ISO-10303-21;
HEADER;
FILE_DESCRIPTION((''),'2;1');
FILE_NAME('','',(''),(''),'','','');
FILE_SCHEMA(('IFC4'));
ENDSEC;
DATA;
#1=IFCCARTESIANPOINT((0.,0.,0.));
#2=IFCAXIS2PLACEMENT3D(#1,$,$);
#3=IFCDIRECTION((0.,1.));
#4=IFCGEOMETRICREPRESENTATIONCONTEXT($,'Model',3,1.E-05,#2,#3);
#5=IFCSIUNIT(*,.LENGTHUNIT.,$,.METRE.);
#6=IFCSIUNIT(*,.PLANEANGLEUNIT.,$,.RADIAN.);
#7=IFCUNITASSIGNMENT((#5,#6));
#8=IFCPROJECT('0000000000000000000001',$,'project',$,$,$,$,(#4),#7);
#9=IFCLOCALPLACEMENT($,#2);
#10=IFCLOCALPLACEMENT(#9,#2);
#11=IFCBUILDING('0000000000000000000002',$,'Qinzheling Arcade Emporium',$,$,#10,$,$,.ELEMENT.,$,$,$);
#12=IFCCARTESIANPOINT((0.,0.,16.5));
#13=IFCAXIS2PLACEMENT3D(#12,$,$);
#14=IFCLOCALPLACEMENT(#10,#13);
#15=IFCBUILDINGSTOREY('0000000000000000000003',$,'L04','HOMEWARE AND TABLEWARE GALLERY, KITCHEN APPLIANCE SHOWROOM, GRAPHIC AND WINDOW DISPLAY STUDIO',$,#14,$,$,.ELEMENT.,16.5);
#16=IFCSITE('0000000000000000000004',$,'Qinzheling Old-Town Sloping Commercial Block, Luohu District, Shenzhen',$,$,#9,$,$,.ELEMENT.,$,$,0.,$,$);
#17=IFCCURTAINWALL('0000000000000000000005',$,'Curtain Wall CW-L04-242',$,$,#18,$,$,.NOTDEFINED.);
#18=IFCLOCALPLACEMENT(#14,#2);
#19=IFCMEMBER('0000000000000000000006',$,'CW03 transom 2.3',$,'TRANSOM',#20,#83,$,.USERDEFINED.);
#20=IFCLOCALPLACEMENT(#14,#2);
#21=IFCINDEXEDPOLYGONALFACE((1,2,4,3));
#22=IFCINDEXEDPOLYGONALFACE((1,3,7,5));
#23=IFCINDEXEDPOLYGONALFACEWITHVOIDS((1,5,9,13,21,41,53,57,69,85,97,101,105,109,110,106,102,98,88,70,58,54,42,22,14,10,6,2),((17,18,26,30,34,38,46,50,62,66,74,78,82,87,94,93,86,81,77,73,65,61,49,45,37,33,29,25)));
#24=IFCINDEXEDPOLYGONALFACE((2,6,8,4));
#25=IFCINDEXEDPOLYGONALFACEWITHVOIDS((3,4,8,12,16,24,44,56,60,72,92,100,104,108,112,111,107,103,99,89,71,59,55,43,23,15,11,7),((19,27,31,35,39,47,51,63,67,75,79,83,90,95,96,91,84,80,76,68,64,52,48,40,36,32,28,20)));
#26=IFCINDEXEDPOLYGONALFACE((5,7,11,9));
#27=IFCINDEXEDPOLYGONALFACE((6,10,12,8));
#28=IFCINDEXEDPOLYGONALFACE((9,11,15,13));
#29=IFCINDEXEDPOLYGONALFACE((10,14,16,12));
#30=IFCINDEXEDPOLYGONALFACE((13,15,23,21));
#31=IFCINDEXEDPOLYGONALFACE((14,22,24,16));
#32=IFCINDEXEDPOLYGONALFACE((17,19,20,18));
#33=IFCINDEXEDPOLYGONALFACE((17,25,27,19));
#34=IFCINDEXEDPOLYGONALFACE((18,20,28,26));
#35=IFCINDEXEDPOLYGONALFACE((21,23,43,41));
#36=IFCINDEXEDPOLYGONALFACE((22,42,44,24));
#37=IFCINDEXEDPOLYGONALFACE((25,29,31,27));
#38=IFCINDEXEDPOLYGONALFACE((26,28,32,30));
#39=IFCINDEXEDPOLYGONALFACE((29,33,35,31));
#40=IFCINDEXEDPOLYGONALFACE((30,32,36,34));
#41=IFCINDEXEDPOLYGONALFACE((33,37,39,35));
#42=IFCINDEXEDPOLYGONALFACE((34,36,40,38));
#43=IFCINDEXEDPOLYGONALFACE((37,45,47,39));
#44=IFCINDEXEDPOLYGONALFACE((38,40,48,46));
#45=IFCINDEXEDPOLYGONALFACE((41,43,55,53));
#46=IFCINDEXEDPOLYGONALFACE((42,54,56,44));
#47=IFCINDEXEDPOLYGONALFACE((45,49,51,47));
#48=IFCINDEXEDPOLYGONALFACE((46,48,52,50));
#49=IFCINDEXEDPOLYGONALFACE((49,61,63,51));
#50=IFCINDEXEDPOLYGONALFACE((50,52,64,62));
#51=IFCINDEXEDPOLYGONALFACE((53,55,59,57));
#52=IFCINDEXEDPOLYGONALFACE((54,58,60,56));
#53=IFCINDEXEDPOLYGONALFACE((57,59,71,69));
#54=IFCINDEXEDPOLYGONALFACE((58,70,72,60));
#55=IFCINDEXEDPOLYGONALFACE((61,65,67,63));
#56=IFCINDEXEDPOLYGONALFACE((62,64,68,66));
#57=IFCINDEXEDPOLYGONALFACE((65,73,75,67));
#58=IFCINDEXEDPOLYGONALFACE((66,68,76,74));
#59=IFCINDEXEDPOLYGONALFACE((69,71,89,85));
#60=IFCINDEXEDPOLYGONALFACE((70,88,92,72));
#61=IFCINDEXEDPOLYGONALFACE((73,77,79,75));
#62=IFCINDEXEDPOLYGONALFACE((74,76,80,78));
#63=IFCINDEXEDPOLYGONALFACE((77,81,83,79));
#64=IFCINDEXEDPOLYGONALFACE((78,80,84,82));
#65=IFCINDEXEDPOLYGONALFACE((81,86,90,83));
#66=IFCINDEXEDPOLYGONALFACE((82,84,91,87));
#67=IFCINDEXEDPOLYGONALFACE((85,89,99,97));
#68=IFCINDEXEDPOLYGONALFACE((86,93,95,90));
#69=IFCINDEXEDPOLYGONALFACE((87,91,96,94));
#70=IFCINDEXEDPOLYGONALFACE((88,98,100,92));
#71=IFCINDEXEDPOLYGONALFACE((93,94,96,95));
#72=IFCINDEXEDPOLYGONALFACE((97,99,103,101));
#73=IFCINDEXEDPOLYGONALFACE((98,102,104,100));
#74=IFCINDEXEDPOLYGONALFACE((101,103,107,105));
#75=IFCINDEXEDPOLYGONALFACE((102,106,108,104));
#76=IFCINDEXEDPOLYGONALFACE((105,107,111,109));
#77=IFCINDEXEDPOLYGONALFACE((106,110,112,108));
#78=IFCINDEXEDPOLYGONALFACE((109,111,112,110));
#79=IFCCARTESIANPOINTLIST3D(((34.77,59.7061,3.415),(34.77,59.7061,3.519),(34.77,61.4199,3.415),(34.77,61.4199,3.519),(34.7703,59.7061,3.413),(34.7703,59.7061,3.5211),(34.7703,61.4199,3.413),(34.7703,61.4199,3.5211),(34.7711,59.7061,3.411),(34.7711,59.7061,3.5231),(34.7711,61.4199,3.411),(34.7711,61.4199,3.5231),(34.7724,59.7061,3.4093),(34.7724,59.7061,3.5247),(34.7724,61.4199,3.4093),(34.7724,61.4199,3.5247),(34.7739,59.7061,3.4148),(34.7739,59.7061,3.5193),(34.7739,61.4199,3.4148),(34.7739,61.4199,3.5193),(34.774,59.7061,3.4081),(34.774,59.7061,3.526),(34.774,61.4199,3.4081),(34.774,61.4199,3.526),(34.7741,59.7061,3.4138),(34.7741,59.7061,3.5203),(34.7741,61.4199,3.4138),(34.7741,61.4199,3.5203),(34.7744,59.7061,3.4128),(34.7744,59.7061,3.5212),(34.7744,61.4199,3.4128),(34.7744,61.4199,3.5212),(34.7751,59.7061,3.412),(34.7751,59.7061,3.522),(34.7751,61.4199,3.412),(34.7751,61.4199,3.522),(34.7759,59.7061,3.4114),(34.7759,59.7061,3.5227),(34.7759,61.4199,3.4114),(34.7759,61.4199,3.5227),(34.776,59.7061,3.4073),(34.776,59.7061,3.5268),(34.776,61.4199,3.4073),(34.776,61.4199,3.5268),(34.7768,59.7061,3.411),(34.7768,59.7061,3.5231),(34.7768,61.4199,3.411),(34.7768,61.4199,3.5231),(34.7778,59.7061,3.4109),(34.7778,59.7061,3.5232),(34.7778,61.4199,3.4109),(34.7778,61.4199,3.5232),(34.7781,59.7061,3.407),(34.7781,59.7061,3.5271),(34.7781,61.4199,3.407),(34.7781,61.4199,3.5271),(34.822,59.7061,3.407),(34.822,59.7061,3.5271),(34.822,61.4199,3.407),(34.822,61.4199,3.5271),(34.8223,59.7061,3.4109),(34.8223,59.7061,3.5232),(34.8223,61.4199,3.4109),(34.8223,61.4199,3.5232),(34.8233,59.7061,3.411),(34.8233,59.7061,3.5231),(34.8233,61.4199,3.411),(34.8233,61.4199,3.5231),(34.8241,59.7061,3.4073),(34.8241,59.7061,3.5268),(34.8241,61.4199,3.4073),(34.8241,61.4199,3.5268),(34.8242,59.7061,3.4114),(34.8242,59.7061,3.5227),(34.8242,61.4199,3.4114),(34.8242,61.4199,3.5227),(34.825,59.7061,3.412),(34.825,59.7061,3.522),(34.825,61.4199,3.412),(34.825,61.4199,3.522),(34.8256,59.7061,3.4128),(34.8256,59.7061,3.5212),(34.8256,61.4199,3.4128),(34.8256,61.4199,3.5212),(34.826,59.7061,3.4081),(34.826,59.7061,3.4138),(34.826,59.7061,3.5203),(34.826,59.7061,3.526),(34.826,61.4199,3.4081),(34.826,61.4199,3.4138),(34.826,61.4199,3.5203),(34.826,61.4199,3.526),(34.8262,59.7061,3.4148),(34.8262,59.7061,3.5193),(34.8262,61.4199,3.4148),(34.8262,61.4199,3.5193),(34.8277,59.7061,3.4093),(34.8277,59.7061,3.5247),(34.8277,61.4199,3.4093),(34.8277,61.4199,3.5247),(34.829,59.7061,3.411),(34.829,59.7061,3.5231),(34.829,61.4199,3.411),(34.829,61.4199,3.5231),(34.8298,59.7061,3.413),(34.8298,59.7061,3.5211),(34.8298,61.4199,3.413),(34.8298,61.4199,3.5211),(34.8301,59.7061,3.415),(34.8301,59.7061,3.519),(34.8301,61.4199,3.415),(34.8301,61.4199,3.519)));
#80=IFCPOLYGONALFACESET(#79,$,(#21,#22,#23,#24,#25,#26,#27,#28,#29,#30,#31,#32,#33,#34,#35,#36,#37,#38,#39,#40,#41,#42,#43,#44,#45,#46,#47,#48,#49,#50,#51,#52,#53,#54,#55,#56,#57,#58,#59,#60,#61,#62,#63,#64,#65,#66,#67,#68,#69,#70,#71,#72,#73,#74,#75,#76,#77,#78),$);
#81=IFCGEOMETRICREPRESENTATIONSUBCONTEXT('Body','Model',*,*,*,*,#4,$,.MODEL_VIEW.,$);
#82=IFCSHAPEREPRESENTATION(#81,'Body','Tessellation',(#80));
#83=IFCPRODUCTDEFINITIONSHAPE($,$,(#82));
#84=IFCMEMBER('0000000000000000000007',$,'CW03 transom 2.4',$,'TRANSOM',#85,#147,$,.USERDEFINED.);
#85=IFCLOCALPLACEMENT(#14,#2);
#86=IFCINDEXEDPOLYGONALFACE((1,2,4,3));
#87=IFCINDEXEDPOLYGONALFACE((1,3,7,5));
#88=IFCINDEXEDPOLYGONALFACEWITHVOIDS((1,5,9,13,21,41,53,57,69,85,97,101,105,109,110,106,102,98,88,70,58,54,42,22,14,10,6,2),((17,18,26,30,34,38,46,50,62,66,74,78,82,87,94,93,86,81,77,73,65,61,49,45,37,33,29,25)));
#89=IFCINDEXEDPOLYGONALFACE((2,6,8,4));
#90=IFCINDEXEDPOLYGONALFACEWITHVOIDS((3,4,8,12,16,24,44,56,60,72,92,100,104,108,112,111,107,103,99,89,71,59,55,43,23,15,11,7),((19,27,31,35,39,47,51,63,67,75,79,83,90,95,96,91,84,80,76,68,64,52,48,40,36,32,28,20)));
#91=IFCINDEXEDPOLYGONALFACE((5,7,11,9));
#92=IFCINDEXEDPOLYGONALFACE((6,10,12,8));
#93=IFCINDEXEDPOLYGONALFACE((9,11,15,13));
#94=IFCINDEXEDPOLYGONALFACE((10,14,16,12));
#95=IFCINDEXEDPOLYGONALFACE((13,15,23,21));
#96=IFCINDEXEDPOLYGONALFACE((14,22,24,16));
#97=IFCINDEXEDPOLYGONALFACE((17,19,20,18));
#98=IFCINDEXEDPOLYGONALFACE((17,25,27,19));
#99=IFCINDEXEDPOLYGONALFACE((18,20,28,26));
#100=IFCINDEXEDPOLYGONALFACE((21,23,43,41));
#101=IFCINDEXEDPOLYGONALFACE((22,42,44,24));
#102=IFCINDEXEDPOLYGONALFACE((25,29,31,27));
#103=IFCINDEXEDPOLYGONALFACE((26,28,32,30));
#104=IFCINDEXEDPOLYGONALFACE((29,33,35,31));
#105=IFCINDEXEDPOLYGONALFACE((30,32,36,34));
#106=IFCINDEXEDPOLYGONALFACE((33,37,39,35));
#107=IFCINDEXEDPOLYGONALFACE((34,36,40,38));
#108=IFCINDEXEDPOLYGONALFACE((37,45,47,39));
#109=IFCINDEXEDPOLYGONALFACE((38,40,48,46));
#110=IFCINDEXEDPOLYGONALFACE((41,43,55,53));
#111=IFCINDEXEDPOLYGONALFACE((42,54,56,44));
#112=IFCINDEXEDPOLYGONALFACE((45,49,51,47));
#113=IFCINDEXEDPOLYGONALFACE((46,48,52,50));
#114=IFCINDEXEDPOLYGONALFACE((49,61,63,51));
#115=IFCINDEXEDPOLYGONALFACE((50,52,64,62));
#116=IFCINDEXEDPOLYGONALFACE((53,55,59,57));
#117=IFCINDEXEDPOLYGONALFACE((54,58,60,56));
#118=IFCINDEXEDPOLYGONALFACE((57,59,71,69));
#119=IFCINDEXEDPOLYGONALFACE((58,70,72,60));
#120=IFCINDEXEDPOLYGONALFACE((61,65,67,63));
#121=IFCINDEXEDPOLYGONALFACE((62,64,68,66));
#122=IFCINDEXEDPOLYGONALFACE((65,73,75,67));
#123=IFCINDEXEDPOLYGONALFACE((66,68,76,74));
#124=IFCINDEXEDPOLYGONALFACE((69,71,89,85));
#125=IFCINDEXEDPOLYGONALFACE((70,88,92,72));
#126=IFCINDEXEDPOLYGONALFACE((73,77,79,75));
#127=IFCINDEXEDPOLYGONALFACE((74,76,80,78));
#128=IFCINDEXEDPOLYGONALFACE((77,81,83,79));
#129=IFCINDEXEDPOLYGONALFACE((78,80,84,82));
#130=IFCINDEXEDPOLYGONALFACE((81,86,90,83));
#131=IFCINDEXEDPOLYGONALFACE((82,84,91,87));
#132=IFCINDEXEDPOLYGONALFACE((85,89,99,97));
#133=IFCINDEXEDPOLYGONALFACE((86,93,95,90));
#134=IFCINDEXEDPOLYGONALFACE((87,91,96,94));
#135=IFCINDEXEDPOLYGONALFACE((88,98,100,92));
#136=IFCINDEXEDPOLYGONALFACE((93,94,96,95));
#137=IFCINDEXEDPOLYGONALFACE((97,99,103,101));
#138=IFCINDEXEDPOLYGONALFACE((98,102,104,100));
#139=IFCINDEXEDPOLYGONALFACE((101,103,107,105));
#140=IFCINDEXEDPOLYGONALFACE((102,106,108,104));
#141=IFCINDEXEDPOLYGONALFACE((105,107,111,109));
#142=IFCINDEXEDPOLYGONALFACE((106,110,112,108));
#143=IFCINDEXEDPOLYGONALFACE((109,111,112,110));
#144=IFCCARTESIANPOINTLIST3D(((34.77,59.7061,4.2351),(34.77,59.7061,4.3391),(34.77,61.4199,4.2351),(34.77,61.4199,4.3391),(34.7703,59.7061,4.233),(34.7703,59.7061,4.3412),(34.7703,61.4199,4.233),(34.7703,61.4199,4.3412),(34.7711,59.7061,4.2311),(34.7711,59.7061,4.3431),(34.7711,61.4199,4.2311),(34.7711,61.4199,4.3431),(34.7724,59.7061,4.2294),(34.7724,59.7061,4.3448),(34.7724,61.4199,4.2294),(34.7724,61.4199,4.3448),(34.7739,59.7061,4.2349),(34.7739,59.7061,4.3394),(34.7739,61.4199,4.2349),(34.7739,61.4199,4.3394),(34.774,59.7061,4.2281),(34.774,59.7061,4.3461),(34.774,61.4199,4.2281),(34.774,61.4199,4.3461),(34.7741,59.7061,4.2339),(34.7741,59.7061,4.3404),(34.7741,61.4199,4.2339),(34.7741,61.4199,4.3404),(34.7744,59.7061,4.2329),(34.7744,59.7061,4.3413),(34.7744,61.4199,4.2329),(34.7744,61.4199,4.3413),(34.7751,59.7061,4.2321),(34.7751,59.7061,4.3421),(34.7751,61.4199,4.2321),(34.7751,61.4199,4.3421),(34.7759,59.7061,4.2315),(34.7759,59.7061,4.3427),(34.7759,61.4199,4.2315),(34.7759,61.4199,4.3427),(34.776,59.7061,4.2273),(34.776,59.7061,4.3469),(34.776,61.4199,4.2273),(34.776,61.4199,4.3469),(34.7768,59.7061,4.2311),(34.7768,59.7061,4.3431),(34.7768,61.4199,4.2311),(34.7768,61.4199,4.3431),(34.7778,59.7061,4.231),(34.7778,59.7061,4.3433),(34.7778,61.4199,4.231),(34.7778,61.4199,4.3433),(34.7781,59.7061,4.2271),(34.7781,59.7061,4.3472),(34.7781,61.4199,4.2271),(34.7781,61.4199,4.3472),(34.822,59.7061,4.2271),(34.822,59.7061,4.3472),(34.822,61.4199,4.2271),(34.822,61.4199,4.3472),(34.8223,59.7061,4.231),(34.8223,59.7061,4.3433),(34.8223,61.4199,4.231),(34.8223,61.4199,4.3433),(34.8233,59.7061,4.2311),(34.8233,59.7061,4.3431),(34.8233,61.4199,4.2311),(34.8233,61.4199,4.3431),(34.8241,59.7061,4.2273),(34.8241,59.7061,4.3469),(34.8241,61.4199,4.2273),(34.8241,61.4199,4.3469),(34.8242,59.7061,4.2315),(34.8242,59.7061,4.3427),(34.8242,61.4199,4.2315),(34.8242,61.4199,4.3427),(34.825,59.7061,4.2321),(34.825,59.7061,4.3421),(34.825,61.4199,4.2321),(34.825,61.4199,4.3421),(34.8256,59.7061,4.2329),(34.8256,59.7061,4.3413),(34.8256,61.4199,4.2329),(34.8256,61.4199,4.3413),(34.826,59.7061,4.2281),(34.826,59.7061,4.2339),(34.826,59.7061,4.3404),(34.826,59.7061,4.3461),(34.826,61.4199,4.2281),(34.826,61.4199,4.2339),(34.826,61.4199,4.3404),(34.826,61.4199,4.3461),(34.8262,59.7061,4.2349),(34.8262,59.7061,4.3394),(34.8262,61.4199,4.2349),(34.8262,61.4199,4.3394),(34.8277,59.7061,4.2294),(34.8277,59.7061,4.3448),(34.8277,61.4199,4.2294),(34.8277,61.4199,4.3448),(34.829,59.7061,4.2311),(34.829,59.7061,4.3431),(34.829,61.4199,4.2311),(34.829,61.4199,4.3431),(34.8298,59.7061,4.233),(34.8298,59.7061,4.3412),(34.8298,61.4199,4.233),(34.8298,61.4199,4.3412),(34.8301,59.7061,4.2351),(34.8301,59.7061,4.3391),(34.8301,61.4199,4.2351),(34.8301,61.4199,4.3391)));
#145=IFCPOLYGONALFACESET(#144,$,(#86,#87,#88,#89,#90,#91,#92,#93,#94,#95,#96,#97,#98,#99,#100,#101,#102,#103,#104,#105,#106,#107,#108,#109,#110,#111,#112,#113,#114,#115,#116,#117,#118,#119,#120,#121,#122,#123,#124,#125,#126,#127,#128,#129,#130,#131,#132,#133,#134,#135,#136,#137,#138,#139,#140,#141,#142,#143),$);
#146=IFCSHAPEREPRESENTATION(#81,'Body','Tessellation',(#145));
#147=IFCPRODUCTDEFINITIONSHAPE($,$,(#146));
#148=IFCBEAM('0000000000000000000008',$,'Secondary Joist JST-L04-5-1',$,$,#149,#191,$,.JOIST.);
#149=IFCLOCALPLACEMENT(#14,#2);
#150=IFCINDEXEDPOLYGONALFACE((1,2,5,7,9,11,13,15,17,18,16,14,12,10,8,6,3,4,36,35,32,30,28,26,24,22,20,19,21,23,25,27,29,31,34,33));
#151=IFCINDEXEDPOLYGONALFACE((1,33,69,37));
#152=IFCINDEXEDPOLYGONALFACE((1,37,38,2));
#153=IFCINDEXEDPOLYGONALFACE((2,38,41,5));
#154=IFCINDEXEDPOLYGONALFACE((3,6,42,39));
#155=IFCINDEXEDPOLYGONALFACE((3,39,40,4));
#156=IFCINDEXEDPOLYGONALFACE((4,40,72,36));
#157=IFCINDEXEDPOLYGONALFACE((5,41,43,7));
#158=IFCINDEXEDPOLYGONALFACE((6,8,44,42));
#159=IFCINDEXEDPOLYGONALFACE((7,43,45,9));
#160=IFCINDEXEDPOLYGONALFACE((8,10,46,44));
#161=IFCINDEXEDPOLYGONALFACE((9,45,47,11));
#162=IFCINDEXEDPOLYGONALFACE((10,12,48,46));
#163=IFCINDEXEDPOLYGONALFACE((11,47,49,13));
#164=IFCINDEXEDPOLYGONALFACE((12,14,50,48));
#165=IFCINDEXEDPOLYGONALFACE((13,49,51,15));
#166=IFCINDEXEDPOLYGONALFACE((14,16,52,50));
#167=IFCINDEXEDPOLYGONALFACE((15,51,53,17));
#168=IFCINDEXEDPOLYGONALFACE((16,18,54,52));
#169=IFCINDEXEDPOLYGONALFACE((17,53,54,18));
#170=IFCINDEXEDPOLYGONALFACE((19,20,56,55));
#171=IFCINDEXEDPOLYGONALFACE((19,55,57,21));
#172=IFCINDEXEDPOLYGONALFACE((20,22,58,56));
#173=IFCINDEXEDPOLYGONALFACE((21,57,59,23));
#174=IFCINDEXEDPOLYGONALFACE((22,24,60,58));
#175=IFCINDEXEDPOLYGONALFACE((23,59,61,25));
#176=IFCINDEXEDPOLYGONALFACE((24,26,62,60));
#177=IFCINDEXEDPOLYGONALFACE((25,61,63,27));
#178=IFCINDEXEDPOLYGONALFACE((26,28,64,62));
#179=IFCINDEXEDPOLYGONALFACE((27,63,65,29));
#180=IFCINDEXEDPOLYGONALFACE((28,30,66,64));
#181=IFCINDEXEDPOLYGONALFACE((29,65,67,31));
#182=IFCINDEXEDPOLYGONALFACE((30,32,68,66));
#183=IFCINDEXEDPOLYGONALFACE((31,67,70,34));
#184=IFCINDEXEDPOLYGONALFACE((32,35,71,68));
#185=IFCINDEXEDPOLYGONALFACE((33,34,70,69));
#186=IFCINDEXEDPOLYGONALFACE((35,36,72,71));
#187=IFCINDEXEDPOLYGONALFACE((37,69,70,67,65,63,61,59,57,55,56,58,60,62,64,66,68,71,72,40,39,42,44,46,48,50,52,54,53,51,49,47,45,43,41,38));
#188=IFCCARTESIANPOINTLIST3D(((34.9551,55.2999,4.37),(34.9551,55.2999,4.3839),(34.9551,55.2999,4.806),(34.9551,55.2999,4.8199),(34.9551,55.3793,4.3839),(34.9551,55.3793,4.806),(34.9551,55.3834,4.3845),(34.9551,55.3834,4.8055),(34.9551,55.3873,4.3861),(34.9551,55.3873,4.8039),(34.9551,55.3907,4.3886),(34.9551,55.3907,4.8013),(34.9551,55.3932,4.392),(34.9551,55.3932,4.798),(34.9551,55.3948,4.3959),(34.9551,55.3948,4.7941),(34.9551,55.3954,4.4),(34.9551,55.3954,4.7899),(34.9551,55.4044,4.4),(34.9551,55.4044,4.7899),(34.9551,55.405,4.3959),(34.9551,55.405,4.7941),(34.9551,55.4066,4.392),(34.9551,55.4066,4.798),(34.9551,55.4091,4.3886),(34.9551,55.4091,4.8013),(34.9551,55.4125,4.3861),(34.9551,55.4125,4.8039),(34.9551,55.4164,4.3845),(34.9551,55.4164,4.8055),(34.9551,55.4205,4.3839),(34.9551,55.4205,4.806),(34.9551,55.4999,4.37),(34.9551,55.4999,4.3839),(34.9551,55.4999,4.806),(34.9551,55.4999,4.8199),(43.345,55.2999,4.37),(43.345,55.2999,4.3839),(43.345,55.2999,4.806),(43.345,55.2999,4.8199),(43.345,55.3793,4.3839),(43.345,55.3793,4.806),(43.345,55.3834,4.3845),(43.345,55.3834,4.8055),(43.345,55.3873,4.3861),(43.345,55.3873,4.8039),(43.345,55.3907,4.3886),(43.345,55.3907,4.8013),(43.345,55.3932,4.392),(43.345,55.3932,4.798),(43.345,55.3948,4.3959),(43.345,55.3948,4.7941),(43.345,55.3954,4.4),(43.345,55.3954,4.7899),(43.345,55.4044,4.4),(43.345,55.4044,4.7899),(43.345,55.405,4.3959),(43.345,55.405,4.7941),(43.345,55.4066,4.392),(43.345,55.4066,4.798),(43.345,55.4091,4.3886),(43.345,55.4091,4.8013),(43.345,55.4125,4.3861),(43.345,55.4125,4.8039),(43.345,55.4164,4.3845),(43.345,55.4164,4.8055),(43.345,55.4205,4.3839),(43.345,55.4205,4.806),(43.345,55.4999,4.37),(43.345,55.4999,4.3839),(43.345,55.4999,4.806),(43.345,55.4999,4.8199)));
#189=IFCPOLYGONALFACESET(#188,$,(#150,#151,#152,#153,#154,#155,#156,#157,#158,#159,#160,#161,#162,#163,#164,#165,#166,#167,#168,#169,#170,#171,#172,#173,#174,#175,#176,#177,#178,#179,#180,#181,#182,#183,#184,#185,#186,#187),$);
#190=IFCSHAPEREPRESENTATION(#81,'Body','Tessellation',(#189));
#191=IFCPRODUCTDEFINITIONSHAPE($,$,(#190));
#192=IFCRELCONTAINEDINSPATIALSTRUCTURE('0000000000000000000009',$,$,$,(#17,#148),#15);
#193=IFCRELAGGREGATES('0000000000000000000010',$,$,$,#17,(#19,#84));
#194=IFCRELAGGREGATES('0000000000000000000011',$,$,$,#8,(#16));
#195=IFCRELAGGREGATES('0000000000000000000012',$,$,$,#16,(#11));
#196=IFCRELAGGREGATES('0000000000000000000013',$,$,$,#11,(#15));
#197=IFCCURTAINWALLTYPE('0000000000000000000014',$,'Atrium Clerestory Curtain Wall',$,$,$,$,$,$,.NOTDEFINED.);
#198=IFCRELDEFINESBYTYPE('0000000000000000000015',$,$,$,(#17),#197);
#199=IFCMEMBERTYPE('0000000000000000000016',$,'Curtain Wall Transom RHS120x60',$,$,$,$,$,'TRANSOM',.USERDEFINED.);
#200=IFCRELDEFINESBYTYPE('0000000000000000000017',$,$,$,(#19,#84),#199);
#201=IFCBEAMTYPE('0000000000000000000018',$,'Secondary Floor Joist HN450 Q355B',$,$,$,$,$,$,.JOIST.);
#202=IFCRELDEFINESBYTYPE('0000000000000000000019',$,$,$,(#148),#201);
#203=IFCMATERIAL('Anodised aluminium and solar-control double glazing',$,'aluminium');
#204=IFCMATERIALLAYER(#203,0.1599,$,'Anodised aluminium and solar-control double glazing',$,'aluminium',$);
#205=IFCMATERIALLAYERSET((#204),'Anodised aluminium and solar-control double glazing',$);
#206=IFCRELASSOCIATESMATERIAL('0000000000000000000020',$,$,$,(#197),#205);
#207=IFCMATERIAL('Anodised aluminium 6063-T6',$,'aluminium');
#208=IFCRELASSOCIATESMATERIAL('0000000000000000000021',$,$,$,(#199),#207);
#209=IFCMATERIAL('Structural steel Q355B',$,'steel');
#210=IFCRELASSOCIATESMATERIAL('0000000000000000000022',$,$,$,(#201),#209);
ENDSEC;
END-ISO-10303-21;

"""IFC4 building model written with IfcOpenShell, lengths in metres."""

from ifc_helpers import new_model, si_unit, direction, frame, origin, origin_2d, place, context, subcontext, project, spatial, hollow_rectangle, i_section, extrude, material, layer, layer_set, material_profile, profile_set, type_object, element, aggregate, save


model = new_model("IFC4")

# Units and contexts
model_context = context("Model", 3, precision=1e-05, world=origin(), true_north=direction((0.0, 1.0)))
body_context = subcontext(model_context, "Body", "Model", "MODEL_VIEW")
ifc_project = project(units=[si_unit("LENGTHUNIT", "METRE"), si_unit("PLANEANGLEUNIT", "RADIAN")], contexts=[model_context])

# Site, building, storey
site_placement = place(None, origin())
site = spatial("IfcSite", under=ifc_project, at=site_placement, Name="Qinzheling Old-Town Sloping Commercial Block, Luohu District, Shenzhen", CompositionType="ELEMENT", RefElevation=0.0)
building_placement = place(site_placement, origin())
building = spatial("IfcBuilding", under=site, at=building_placement, Name="Qinzheling Arcade Emporium", CompositionType="ELEMENT")
storey_placement = place(building_placement, frame((0.0, 0.0, 16.5)))
storey = spatial("IfcBuildingStorey", under=building, at=storey_placement, Name="L04", Description="HOMEWARE AND TABLEWARE GALLERY, KITCHEN APPLIANCE SHOWROOM, GRAPHIC AND WINDOW DISPLAY STUDIO", CompositionType="ELEMENT", Elevation=16.5)

# Shared definitions
ifc_material_1 = material(Name="Structural steel Q355B", Category="steel")

# Curtain wall
ifc_material_2 = material(Name="Anodised aluminium and solar-control double glazing", Category="aluminium")
ifc_layer_1 = layer(ifc_material_2, 0.1599, Name="Anodised aluminium and solar-control double glazing", Category="aluminium")
ifc_layer_set_1 = layer_set([ifc_layer_1], Name="Anodised aluminium and solar-control double glazing")
curtain_wall_type = type_object("IfcCurtainWallType", Name="Atrium Clerestory Curtain Wall", PredefinedType="NOTDEFINED", material=ifc_layer_set_1)
ifc_material_3 = material(Name="Anodised aluminium 6063-T6", Category="aluminium")
curtain_wall_1_placement = place(storey_placement, origin())
curtain_wall_1 = element("IfcCurtainWall", 1, at=curtain_wall_1_placement, inside=storey, type_object=curtain_wall_type, Name="Curtain Wall CW-L04-242", PredefinedType="NOTDEFINED")

# Members
ifc_material_profile_1 = material_profile(ifc_material_3, hollow_rectangle(XDim=0.0601, YDim=0.1201, WallThickness=0.0039, InnerFilletRadius=0.0039, OuterFilletRadius=0.0081, at=origin_2d()), Name="RHS 120x60x4", Category="aluminium")
ifc_profile_set_1 = profile_set([ifc_material_profile_1], Name="Anodised aluminium 6063-T6")
member_type_1 = type_object("IfcMemberType", Name="Curtain Wall Transom RHS120x60", ElementType="TRANSOM", PredefinedType="USERDEFINED", material=ifc_profile_set_1)
member_1_placement = place(storey_placement, frame((34.8, 59.7061, 3.467), z_axis=(0.0, 1.0, 0.0), x_axis=(-1.0, 0.0, 0.0)))
member_1 = element("IfcMember", 2, at=member_1_placement, type_object=member_type_1, Name="CW03 transom 2.3", ObjectType="TRANSOM", PredefinedType="USERDEFINED", context=body_context, shape_type="SweptSolid", body=[
    extrude(hollow_rectangle(XDim=0.0601, YDim=0.1201, WallThickness=0.0039, InnerFilletRadius=0.0039, OuterFilletRadius=0.0081, at=origin_2d()), origin(), (0.0, 0.0, 1.0), 1.7139),
])
member_2_placement = place(storey_placement, frame((34.8, 59.7061, 4.2871), z_axis=(0.0, 1.0, 0.0), x_axis=(-1.0, 0.0, 0.0)))
member_2 = element("IfcMember", 3, at=member_2_placement, type_object=member_type_1, Name="CW03 transom 2.4", ObjectType="TRANSOM", PredefinedType="USERDEFINED", context=body_context, shape_type="SweptSolid", body=[
    extrude(hollow_rectangle(XDim=0.0601, YDim=0.1201, WallThickness=0.0039, InnerFilletRadius=0.0039, OuterFilletRadius=0.0081, at=origin_2d()), origin(), (0.0, 0.0, 1.0), 1.7139),
])

# Beam
ifc_material_profile_2 = material_profile(ifc_material_1, i_section(OverallWidth=0.2, OverallDepth=0.45, WebThickness=0.009, FlangeThickness=0.0139, FilletRadius=0.0161, at=origin_2d()), Name="HN 450x200x9x14", Category="steel")
ifc_profile_set_2 = profile_set([ifc_material_profile_2], Name="Structural steel Q355B")
beam_type_1 = type_object("IfcBeamType", Name="Secondary Floor Joist HN450 Q355B", PredefinedType="JOIST", material=ifc_profile_set_2)
for number, where, z_axis, x_axis, name in (
    (4, (34.9551, 55.3999, 4.595), (1.0, 0.0, 0.0), (0.0, 1.0, 0.0), "Secondary Joist JST-L04-5-1"),
):
    element("IfcBeam", number, at=place(storey_placement, frame(where, z_axis=z_axis, x_axis=x_axis)), inside=storey, type_object=beam_type_1, Name=name, PredefinedType="JOIST", context=body_context, shape_type="SweptSolid", body=[
        extrude(i_section(OverallWidth=0.2, OverallDepth=0.45, WebThickness=0.009, FlangeThickness=0.0139, FilletRadius=0.0161, at=origin_2d()), origin(), (0.0, 0.0, 1.0), 8.3899),
    ])

aggregate(curtain_wall_1, [member_1, member_2])

save(model, "model.ifc")
